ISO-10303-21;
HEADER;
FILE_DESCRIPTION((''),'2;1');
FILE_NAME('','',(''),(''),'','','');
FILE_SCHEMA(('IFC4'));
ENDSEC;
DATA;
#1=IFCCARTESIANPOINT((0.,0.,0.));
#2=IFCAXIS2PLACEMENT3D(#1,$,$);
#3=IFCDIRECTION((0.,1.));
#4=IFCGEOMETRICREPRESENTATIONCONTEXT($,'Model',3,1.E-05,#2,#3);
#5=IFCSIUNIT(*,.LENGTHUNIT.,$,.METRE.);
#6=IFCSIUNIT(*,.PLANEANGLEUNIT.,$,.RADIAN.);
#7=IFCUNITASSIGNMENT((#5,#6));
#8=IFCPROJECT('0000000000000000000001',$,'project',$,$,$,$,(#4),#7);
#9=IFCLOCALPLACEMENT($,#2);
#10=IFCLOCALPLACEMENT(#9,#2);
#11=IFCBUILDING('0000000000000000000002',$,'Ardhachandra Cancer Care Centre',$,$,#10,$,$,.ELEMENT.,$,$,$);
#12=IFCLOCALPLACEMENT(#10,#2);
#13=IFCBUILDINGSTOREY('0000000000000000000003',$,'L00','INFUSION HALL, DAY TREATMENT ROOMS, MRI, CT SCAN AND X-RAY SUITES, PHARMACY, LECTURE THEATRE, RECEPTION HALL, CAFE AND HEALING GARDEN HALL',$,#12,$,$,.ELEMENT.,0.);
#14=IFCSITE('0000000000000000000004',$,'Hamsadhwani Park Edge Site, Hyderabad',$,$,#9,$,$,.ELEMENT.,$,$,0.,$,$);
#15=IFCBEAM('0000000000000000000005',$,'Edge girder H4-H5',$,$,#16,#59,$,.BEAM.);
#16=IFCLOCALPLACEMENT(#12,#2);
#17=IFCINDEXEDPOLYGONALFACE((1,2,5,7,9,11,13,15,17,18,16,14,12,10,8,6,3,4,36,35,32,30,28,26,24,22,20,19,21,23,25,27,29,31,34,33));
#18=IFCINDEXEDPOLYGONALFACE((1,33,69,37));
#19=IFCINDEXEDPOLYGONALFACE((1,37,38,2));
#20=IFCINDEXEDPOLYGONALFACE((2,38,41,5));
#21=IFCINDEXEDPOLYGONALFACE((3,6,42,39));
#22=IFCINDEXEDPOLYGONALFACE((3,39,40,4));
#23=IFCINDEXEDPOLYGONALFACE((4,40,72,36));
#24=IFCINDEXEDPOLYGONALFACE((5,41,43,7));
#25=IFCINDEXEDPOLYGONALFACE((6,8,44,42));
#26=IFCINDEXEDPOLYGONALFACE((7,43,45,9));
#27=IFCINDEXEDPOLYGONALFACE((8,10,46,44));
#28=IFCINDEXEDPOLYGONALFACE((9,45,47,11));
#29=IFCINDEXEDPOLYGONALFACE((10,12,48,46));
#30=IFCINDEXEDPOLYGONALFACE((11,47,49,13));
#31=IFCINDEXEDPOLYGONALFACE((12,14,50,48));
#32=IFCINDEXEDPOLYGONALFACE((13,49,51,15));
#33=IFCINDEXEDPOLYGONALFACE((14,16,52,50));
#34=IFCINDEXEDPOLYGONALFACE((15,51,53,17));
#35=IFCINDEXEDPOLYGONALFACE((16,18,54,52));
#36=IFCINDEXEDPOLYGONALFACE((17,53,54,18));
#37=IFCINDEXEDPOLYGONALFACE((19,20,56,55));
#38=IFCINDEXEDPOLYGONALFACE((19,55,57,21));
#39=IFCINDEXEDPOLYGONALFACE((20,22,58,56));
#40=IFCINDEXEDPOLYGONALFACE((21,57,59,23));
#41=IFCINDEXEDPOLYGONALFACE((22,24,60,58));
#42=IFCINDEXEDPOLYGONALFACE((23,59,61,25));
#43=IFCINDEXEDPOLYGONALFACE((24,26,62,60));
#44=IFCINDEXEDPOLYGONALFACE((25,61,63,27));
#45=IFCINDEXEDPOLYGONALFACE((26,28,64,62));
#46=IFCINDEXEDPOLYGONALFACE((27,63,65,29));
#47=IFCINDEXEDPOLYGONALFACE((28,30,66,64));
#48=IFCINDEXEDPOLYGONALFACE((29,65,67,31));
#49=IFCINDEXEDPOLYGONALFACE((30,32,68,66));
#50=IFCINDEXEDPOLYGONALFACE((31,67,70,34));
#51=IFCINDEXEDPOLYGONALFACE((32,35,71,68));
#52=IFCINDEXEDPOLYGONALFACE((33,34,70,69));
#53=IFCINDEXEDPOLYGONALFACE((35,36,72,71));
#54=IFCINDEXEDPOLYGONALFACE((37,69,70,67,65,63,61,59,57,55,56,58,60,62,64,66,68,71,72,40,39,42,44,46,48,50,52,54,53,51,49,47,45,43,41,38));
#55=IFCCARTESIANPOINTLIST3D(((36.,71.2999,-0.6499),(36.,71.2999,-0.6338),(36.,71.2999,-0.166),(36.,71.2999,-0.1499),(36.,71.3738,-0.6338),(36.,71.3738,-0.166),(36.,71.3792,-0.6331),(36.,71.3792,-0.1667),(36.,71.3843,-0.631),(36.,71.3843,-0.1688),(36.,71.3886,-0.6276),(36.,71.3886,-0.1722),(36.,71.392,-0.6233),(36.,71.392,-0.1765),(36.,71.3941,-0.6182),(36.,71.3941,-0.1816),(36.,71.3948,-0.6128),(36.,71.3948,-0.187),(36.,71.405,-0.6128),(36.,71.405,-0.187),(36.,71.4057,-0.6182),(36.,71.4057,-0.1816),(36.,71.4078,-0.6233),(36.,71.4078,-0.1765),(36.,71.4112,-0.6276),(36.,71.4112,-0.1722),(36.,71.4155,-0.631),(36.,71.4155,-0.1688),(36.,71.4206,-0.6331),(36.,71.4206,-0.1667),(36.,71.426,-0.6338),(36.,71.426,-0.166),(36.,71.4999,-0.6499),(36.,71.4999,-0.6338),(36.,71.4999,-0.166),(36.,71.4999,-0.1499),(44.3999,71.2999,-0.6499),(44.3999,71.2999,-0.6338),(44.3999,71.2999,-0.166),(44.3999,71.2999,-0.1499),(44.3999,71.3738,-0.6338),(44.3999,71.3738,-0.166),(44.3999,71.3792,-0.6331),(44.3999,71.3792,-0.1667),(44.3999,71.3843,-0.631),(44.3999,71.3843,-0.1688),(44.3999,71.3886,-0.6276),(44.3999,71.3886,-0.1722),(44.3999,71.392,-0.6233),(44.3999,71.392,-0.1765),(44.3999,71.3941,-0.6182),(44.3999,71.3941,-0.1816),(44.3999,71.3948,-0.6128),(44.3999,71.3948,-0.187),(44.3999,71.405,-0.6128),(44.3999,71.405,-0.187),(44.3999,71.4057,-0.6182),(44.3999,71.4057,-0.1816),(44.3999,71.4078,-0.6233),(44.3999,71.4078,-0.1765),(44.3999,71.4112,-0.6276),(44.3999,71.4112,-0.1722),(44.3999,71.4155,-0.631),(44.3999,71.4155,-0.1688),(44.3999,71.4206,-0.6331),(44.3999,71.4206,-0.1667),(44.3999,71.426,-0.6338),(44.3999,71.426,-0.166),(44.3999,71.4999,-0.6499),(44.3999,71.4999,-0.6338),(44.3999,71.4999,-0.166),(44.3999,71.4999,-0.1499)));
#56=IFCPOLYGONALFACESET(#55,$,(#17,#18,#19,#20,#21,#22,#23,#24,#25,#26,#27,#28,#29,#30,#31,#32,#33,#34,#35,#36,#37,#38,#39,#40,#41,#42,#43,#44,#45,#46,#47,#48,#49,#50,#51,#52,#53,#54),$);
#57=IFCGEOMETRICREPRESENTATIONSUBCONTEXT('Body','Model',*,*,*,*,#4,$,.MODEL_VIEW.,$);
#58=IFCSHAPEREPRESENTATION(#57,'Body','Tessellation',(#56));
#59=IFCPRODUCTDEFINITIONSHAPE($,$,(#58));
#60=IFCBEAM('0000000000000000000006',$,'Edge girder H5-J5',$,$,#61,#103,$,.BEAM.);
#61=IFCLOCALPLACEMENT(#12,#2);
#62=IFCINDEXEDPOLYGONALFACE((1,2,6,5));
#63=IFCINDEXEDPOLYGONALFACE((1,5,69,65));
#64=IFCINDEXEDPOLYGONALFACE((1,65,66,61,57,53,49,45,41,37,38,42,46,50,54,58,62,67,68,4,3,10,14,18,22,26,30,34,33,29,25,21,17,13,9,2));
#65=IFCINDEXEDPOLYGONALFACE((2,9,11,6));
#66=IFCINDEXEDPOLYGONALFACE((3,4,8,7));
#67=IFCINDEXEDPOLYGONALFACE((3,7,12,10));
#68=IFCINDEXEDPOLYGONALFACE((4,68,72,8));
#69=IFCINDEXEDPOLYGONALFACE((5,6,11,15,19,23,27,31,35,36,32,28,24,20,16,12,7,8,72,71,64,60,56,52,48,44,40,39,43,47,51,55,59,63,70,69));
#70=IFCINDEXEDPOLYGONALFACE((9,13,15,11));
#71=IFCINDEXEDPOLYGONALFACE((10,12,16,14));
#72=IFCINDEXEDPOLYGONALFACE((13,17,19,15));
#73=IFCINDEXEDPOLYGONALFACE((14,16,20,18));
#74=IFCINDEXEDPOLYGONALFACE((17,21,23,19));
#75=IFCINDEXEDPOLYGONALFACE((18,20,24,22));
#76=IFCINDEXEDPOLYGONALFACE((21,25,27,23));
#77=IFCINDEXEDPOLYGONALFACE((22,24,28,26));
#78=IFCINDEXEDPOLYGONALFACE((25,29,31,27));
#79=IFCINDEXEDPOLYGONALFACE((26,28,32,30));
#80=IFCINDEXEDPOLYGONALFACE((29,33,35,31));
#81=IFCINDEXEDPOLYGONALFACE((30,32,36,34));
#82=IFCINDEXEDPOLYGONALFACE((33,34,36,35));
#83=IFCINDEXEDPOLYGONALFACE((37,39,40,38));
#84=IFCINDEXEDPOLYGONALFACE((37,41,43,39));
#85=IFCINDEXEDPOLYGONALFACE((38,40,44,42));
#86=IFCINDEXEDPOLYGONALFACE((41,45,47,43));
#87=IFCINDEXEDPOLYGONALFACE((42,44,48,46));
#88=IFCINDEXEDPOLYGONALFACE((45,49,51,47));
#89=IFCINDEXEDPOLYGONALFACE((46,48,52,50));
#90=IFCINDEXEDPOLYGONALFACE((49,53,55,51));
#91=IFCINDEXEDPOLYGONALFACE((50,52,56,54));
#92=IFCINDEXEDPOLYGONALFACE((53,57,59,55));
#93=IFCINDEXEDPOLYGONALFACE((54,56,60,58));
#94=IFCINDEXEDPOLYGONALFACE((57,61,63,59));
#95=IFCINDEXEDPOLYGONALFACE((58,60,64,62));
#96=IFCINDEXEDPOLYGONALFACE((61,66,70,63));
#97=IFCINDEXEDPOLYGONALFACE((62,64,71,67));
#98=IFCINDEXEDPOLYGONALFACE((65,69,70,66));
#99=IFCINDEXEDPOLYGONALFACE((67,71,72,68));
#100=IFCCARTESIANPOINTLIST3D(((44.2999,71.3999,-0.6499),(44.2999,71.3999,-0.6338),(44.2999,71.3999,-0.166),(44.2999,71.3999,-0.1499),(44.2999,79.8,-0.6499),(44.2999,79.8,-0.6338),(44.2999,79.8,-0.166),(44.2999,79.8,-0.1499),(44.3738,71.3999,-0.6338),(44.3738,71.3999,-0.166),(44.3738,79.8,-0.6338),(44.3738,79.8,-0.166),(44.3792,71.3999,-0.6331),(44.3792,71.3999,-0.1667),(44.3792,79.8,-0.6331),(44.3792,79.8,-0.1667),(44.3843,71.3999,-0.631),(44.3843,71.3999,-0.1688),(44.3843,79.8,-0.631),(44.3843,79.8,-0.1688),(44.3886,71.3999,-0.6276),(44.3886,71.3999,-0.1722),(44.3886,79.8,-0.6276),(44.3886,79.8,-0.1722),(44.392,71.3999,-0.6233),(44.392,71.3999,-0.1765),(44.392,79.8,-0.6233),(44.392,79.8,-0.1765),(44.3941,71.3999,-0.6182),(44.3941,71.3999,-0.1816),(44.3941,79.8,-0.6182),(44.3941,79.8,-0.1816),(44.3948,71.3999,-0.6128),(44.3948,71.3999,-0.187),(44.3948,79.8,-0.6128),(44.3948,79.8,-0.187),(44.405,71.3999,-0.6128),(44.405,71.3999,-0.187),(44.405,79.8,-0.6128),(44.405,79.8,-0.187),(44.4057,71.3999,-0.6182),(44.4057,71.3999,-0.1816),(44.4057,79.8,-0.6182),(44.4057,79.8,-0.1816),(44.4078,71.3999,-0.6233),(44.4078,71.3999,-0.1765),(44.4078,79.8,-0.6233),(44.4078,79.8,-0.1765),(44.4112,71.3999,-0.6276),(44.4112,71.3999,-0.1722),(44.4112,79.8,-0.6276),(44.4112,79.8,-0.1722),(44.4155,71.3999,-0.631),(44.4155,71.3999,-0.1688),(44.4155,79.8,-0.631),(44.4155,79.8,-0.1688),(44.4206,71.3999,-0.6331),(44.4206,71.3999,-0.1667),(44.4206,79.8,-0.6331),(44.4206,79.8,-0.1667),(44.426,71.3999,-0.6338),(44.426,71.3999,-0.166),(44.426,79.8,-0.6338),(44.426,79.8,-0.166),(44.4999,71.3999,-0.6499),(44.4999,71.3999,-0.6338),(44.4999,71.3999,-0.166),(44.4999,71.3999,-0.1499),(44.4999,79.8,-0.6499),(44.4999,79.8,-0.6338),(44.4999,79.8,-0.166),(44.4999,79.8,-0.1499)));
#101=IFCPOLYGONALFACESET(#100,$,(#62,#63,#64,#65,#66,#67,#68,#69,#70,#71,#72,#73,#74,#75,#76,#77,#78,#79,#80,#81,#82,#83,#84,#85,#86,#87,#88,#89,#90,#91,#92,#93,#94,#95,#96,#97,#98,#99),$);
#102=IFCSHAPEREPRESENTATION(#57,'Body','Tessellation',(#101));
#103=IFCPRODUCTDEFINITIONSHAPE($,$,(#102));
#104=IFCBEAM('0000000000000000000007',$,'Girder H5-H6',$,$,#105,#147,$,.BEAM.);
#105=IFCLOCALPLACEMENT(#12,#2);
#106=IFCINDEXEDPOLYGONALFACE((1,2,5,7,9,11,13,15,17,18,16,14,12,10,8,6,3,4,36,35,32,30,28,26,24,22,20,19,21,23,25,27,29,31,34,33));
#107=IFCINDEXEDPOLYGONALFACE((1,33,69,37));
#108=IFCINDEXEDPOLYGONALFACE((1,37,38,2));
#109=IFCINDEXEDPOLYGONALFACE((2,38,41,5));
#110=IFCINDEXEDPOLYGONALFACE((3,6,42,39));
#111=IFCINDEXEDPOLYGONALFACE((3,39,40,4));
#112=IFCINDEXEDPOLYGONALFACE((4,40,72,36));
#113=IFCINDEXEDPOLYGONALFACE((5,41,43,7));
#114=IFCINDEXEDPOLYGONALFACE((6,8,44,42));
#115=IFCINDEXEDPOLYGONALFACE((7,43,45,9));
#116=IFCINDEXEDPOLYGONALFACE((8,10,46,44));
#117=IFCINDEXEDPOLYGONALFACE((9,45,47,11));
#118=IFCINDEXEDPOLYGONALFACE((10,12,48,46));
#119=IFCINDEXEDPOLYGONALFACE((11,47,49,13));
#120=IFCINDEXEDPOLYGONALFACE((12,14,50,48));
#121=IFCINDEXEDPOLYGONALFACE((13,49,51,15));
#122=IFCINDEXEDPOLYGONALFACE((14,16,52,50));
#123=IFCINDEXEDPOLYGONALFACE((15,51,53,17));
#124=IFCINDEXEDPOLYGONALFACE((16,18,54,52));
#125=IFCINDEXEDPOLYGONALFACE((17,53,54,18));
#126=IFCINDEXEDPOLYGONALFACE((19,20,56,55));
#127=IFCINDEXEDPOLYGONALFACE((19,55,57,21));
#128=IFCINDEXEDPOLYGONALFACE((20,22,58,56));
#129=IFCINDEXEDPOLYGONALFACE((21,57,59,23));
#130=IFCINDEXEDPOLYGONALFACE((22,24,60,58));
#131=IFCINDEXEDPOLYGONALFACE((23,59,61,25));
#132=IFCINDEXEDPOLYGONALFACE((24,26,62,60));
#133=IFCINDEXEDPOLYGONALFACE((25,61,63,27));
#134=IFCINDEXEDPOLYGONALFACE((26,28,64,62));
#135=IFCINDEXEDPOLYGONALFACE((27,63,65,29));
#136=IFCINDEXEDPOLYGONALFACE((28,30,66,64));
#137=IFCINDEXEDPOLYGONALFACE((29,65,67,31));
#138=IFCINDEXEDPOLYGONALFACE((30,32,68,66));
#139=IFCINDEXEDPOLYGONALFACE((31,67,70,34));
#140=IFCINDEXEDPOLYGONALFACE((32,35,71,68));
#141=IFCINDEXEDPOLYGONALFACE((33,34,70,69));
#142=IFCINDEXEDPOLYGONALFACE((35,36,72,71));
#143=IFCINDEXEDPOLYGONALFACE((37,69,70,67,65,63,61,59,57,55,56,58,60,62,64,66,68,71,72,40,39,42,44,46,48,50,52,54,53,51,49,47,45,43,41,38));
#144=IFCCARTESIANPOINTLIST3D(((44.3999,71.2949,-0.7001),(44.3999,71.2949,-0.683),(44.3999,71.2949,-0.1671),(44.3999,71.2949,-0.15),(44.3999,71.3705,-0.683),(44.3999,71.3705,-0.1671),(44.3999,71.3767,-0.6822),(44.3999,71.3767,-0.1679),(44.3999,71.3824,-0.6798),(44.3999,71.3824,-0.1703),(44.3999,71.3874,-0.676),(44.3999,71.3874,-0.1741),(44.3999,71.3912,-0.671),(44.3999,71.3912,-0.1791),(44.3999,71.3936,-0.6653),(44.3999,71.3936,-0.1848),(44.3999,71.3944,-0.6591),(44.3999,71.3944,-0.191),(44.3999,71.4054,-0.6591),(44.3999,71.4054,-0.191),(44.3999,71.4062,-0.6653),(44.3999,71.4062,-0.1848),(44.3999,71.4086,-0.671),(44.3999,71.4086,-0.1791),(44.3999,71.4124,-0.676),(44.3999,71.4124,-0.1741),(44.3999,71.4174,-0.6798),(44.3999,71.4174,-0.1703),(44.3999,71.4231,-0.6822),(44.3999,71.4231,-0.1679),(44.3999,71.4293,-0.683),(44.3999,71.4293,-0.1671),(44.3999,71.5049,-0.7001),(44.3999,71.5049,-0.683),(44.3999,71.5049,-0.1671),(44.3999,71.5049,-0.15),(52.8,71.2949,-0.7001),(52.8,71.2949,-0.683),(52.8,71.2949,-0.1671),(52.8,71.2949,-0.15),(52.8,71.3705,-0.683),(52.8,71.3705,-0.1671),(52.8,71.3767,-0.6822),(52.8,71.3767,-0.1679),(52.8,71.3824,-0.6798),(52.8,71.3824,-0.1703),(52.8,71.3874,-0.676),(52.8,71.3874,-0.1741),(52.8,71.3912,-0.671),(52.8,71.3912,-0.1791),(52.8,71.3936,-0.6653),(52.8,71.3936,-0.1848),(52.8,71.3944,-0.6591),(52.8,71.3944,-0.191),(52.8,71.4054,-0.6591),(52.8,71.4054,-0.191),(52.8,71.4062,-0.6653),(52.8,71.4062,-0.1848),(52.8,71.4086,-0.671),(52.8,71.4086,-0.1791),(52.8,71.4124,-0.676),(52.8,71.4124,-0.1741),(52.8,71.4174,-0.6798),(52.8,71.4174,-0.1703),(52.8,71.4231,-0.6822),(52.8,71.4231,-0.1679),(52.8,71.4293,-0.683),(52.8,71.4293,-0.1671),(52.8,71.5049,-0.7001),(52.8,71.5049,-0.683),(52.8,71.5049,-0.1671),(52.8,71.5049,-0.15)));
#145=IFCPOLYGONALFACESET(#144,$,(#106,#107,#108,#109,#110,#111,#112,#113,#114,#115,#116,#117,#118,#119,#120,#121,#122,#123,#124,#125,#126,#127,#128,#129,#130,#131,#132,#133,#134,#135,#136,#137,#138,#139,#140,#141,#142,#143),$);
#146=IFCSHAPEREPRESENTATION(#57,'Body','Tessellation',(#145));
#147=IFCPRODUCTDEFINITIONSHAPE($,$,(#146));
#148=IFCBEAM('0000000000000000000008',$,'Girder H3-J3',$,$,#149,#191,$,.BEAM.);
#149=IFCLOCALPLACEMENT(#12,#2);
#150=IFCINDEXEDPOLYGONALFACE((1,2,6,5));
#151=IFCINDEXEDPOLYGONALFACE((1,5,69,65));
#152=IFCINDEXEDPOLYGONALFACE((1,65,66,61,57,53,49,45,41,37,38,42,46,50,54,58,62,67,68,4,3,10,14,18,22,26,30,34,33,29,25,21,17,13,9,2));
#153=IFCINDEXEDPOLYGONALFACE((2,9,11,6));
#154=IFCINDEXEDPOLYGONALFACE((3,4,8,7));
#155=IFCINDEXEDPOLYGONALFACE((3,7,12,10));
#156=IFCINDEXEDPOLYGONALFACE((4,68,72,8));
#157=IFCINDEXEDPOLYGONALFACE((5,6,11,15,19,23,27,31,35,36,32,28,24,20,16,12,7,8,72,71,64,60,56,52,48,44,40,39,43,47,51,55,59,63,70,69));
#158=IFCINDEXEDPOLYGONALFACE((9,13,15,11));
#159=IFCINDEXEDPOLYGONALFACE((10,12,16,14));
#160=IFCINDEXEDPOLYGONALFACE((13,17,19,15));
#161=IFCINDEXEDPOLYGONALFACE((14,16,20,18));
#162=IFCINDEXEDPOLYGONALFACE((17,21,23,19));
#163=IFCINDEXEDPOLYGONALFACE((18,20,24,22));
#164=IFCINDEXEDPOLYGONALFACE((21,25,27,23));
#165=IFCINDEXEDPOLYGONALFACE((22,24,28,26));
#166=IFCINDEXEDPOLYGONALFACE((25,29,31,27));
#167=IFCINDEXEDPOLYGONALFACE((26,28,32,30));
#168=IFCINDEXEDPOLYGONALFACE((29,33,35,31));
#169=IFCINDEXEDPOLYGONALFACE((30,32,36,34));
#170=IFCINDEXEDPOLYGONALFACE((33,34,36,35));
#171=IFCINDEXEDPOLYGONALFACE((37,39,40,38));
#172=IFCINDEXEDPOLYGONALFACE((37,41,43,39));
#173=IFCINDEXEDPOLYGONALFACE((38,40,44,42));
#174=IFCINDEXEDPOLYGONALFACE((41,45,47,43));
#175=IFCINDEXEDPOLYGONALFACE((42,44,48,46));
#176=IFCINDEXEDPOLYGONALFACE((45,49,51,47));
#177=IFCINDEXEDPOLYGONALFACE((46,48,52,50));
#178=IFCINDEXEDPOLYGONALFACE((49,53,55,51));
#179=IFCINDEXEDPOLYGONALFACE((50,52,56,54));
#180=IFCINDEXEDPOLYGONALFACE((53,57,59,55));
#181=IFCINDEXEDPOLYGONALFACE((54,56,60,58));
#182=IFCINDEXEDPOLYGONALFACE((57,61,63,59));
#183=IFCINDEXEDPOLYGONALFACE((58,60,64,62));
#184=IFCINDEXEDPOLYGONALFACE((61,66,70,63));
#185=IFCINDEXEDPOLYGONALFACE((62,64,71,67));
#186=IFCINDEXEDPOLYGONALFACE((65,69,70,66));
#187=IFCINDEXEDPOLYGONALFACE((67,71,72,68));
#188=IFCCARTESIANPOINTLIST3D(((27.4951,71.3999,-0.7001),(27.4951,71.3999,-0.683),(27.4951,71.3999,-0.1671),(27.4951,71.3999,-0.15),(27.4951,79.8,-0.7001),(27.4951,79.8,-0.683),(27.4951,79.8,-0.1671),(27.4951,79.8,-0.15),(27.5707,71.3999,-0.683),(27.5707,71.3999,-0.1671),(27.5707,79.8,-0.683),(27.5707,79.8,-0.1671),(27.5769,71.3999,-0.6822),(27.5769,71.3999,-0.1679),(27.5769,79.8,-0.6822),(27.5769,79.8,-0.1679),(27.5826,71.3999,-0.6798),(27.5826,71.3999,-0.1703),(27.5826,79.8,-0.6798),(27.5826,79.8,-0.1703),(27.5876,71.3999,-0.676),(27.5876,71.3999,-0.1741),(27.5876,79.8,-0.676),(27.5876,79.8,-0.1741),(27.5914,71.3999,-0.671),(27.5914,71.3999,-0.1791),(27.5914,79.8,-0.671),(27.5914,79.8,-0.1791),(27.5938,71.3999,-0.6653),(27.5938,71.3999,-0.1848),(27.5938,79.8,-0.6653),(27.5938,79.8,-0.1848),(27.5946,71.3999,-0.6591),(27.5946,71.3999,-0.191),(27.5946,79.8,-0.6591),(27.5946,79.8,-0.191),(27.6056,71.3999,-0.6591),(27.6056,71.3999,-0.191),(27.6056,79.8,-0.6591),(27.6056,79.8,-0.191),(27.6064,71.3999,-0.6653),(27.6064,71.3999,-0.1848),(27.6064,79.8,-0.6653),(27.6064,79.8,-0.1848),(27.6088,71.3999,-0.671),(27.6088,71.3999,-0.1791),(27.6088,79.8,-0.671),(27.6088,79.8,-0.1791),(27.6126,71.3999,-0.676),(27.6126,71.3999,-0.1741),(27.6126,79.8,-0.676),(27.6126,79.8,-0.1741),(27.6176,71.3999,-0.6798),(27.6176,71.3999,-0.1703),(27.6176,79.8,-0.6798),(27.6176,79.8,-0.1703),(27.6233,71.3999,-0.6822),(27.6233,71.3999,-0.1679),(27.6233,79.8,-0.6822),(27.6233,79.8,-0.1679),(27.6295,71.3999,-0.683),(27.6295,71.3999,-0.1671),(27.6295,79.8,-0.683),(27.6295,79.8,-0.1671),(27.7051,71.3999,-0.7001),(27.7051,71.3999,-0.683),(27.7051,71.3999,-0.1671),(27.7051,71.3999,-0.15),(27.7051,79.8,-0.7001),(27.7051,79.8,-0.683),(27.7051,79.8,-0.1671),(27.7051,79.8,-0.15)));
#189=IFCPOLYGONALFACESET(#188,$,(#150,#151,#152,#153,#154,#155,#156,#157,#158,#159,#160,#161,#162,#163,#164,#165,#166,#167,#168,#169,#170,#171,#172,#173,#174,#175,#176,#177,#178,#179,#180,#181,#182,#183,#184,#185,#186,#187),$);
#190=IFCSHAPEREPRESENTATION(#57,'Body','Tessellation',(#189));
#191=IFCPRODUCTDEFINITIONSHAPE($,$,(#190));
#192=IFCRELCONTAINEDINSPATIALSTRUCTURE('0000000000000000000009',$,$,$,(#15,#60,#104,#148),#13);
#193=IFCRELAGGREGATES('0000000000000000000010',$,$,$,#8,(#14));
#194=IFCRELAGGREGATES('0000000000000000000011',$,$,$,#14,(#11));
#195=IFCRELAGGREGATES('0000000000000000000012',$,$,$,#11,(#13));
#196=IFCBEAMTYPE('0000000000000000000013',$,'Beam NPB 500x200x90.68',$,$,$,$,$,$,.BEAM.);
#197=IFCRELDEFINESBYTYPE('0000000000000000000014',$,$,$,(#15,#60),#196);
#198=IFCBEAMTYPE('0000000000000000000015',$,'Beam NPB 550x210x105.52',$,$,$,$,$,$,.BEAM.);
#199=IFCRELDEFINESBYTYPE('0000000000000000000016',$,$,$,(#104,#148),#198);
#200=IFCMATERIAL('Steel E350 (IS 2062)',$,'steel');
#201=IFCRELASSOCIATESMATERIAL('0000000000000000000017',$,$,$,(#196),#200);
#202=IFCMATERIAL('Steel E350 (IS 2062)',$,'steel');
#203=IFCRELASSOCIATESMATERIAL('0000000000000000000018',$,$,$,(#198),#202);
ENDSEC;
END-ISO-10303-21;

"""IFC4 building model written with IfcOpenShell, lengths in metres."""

from ifc_helpers import new_model, si_unit, direction, frame, origin, origin_2d, place, context, subcontext, project, spatial, i_section, extrude, material, material_profile, profile_set, type_object, element, save


model = new_model("IFC4")

# Units and contexts
model_context = context("Model", 3, precision=1e-05, world=origin(), true_north=direction((0.0, 1.0)))
body_context = subcontext(model_context, "Body", "Model", "MODEL_VIEW")
ifc_project = project(units=[si_unit("LENGTHUNIT", "METRE"), si_unit("PLANEANGLEUNIT", "RADIAN")], contexts=[model_context])

# Site, building, storey
site_placement = place(None, origin())
site = spatial("IfcSite", under=ifc_project, at=site_placement, Name="Hamsadhwani Park Edge Site, Hyderabad", CompositionType="ELEMENT", RefElevation=0.0)
building_placement = place(site_placement, origin())
building = spatial("IfcBuilding", under=site, at=building_placement, Name="Ardhachandra Cancer Care Centre", CompositionType="ELEMENT")
storey_placement = place(building_placement, origin())
storey = spatial("IfcBuildingStorey", under=building, at=storey_placement, Name="L00", Description="INFUSION HALL, DAY TREATMENT ROOMS, MRI, CT SCAN AND X-RAY SUITES, PHARMACY, LECTURE THEATRE, RECEPTION HALL, CAFE AND HEALING GARDEN HALL", CompositionType="ELEMENT", Elevation=0.0)

# Beams
ifc_material_1 = material(Name="Steel E350 (IS 2062)", Category="steel")
ifc_material_profile_1 = material_profile(ifc_material_1, i_section(OverallWidth=0.2, OverallDepth=0.5, WebThickness=0.0103, FlangeThickness=0.0161, FilletRadius=0.021, at=origin_2d()), Name="NPB 500x200x90.68")
ifc_profile_set_1 = profile_set([ifc_material_profile_1], Name="Steel E350 (IS 2062)")
beam_type_1 = type_object("IfcBeamType", Name="Beam NPB 500x200x90.68", PredefinedType="BEAM", material=ifc_profile_set_1)
for number, where, z_axis, x_axis, name in (
    (1, (36.0, 71.3999, -0.3999), (1.0, 0.0, 0.0), (0.0, 1.0, 0.0), "Edge girder H4-H5"),
):
    element("IfcBeam", number, at=place(storey_placement, frame(where, z_axis=z_axis, x_axis=x_axis)), inside=storey, type_object=beam_type_1, Name=name, PredefinedType="BEAM", context=body_context, shape_type="SweptSolid", body=[
        extrude(i_section(OverallWidth=0.2, OverallDepth=0.5, WebThickness=0.0103, FlangeThickness=0.0161, FilletRadius=0.021, at=origin_2d()), origin(), (0.0, 0.0, 1.0), 8.3999),
    ])
beam_placement = place(storey_placement, frame((44.3999, 71.3999, -0.3999), z_axis=(0.0, 1.0, 0.0), x_axis=(-1.0, 0.0, 0.0)))
element("IfcBeam", 2, at=beam_placement, inside=storey, type_object=beam_type_1, Name="Edge girder H5-J5", PredefinedType="BEAM", context=body_context, shape_type="SweptSolid", body=[
    extrude(i_section(OverallWidth=0.2, OverallDepth=0.5, WebThickness=0.0103, FlangeThickness=0.0161, FilletRadius=0.021, at=origin_2d()), origin(), (0.0, 0.0, 1.0), 8.4001),
])
ifc_material_2 = material(Name="Steel E350 (IS 2062)", Category="steel")
ifc_material_profile_2 = material_profile(ifc_material_2, i_section(OverallWidth=0.21, OverallDepth=0.55, WebThickness=0.011, FlangeThickness=0.0171, FilletRadius=0.0239, at=origin_2d()), Name="NPB 550x210x105.52")
ifc_profile_set_2 = profile_set([ifc_material_profile_2], Name="Steel E350 (IS 2062)")
beam_type_2 = type_object("IfcBeamType", Name="Beam NPB 550x210x105.52", PredefinedType="BEAM", material=ifc_profile_set_2)
for number, where, z_axis, x_axis, name in (
    (3, (44.3999, 71.3999, -0.425), (1.0, 0.0, 0.0), (0.0, 1.0, 0.0), "Girder H5-H6"),
    (4, (27.6001, 71.3999, -0.425), (0.0, 1.0, 0.0), (-1.0, 0.0, 0.0), "Girder H3-J3"),
):
    element("IfcBeam", number, at=place(storey_placement, frame(where, z_axis=z_axis, x_axis=x_axis)), inside=storey, type_object=beam_type_2, Name=name, PredefinedType="BEAM", context=body_context, shape_type="SweptSolid", body=[
        extrude(i_section(OverallWidth=0.21, OverallDepth=0.55, WebThickness=0.011, FlangeThickness=0.0171, FilletRadius=0.0239, at=origin_2d()), origin(), (0.0, 0.0, 1.0), 8.4001),
    ])

save(model, "model.ifc")
